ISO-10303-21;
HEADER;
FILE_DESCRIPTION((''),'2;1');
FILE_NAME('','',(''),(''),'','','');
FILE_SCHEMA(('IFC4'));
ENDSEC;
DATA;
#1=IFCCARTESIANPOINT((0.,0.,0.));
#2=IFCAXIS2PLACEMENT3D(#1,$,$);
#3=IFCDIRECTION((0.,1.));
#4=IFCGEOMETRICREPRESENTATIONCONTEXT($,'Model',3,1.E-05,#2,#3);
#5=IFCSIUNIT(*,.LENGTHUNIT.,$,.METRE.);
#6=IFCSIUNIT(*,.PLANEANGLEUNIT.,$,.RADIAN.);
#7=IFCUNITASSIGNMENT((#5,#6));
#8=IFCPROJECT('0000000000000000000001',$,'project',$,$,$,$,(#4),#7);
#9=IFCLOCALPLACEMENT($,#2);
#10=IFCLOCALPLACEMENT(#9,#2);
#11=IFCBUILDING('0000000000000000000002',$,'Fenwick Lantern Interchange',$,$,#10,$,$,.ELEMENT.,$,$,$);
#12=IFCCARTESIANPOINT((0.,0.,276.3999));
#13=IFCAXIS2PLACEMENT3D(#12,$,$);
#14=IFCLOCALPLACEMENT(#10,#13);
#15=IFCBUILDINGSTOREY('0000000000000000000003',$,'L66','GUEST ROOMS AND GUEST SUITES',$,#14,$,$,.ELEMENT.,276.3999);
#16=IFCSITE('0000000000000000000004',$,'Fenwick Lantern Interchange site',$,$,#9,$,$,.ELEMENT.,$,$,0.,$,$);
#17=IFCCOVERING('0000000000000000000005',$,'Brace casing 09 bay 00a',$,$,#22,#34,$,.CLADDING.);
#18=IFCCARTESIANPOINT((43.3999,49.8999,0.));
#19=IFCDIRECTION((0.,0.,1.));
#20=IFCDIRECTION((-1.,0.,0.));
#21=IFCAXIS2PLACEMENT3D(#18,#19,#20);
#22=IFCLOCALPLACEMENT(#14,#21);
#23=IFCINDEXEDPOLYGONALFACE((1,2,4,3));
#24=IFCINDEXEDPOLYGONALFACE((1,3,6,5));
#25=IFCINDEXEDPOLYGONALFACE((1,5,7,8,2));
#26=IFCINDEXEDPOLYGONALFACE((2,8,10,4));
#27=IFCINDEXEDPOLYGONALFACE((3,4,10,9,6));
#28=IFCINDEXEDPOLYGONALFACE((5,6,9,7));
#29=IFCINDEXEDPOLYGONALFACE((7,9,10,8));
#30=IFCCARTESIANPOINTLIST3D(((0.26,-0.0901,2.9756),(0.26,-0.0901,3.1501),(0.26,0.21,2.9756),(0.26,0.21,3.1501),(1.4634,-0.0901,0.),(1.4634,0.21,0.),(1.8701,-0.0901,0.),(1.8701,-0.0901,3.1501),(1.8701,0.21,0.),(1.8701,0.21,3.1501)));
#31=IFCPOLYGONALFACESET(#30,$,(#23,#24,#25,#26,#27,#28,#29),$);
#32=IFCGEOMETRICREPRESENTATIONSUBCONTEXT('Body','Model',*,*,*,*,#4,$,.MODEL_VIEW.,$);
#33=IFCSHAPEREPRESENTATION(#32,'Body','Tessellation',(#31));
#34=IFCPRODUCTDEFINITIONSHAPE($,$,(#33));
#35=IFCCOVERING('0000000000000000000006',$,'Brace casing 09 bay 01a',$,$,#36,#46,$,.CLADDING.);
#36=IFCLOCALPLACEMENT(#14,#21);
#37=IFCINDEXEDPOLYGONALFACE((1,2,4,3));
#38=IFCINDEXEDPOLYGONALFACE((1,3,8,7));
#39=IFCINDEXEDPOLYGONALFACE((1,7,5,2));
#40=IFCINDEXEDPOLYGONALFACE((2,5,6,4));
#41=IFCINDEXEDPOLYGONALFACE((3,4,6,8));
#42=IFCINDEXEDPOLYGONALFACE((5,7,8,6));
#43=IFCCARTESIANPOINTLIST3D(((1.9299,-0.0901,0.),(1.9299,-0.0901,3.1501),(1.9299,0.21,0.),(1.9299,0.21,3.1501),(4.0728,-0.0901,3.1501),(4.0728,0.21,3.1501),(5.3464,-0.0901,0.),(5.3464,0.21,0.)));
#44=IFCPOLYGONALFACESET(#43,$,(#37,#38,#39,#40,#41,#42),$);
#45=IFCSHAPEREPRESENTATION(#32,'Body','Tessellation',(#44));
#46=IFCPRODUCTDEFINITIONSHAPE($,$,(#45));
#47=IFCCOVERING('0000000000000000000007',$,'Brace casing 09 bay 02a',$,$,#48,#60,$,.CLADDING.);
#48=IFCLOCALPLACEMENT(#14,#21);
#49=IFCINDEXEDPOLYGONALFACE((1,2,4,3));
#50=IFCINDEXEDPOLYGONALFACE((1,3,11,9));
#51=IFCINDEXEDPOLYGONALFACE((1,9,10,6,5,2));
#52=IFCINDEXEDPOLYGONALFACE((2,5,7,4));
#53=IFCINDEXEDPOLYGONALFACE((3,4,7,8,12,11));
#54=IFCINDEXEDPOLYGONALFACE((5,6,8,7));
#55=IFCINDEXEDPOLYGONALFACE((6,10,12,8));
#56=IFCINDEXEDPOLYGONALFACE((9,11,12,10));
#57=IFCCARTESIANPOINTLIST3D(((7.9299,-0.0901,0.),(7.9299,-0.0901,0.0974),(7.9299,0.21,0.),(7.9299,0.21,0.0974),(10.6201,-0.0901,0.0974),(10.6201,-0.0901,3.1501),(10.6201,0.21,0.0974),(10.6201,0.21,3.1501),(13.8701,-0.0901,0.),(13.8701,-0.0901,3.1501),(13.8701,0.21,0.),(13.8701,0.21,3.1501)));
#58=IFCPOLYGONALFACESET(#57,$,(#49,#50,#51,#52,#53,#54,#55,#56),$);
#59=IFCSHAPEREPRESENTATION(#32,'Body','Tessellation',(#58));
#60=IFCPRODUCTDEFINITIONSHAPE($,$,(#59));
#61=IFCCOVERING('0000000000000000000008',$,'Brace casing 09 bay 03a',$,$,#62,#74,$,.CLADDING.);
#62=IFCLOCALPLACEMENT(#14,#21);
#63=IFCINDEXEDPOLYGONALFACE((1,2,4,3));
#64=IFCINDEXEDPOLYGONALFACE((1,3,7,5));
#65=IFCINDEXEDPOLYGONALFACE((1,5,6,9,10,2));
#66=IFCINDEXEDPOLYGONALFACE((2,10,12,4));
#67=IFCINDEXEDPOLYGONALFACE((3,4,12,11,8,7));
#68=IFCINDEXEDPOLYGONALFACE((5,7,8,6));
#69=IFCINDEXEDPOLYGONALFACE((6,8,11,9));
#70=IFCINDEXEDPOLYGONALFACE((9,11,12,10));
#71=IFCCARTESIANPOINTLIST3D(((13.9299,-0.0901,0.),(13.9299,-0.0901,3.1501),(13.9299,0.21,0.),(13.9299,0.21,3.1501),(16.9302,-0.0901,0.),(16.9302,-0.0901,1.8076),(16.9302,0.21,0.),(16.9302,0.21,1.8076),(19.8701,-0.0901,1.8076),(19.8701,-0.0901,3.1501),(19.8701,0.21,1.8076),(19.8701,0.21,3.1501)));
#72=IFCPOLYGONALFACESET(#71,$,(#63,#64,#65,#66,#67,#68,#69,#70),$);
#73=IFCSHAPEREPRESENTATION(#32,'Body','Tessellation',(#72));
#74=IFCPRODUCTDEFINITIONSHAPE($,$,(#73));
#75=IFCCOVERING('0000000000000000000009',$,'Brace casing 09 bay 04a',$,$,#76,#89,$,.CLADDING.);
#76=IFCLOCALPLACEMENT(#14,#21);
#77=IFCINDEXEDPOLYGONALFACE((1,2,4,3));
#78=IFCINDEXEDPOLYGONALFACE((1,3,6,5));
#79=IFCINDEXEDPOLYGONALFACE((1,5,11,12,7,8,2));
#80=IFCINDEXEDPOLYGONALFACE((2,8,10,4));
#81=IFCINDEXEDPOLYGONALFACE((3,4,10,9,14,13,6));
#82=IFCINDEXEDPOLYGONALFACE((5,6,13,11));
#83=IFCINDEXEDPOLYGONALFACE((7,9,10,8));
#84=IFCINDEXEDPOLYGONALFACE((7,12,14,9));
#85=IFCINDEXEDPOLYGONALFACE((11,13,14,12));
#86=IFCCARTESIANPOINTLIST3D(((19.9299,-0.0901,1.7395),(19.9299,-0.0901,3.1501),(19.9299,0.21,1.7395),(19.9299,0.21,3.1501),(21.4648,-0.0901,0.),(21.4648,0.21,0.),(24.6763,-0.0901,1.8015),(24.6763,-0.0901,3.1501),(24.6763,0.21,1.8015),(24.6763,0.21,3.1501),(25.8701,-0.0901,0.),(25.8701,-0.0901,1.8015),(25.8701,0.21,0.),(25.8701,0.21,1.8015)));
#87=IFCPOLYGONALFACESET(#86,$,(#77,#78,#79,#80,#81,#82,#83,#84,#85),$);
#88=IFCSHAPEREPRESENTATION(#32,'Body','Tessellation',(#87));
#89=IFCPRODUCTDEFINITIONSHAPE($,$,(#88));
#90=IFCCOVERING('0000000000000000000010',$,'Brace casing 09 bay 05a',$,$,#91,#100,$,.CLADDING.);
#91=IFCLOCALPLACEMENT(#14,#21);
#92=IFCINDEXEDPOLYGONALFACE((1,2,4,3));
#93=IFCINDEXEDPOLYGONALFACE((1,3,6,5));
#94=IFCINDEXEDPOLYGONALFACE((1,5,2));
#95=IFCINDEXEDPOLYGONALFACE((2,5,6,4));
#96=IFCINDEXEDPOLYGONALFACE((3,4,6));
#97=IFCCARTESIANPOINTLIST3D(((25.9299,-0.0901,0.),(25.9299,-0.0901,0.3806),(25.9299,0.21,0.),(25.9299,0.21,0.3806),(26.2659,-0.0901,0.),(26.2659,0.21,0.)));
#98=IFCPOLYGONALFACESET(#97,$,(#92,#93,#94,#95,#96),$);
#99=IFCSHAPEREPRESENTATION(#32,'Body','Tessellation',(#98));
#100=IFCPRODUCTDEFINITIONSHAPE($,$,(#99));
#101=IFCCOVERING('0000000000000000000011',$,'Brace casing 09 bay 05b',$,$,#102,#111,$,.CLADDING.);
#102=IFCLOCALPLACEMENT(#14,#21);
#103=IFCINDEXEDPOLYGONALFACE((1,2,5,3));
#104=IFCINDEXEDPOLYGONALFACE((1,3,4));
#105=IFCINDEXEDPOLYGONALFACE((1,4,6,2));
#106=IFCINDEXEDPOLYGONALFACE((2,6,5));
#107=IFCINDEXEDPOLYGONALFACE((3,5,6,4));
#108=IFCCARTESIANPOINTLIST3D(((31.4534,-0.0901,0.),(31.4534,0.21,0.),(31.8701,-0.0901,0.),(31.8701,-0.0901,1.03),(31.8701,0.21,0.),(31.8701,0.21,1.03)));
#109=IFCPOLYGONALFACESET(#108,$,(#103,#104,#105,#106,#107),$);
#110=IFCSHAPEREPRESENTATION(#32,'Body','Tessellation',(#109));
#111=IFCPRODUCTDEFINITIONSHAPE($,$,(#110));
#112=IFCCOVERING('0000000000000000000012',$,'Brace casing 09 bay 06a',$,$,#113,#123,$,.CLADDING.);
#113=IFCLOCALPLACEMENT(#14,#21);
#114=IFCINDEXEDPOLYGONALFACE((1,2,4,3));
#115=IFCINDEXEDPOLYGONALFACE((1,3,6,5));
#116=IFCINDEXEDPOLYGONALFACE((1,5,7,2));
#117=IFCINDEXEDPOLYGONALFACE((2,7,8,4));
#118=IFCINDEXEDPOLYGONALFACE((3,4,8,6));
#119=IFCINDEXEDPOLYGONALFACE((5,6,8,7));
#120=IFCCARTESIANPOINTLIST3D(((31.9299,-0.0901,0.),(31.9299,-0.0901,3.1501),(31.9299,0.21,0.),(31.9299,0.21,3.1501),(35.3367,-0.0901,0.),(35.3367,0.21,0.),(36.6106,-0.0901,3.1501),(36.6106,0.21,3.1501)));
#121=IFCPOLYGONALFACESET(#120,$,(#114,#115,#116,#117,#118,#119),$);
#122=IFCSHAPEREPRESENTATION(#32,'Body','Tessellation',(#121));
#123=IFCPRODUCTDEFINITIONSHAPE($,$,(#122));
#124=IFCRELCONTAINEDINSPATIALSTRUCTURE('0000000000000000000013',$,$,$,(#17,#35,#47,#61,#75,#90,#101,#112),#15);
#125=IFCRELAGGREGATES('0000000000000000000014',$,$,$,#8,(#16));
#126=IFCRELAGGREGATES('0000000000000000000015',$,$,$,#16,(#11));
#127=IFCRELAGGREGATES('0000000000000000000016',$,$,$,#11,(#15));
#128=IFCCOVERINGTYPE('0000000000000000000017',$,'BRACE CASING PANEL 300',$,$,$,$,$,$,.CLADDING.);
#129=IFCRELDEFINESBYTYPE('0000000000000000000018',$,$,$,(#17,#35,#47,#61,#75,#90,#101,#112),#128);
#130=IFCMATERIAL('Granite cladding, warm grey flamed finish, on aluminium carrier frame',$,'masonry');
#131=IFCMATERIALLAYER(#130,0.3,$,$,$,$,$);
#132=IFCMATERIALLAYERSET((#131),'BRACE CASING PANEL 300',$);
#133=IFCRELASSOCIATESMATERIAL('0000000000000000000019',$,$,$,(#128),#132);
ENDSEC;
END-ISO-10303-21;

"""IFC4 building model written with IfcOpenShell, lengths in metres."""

from ifc_helpers import new_model, si_unit, direction, frame, origin, place, context, subcontext, project, spatial, polyline, outline, extrude, material, layer, layer_set, type_object, element, save


model = new_model("IFC4")

# Units and contexts
model_context = context("Model", 3, precision=1e-05, world=origin(), true_north=direction((0.0, 1.0)))
body_context = subcontext(model_context, "Body", "Model", "MODEL_VIEW")
ifc_project = project(units=[si_unit("LENGTHUNIT", "METRE"), si_unit("PLANEANGLEUNIT", "RADIAN")], contexts=[model_context])

# Site, building, storey
site_placement = place(None, origin())
site = spatial("IfcSite", under=ifc_project, at=site_placement, Name="Fenwick Lantern Interchange site", CompositionType="ELEMENT", RefElevation=0.0)
building_placement = place(site_placement, origin())
building = spatial("IfcBuilding", under=site, at=building_placement, Name="Fenwick Lantern Interchange", CompositionType="ELEMENT")
storey_placement = place(building_placement, frame((0.0, 0.0, 276.3999)))
storey = spatial("IfcBuildingStorey", under=building, at=storey_placement, Name="L66", Description="GUEST ROOMS AND GUEST SUITES", CompositionType="ELEMENT", Elevation=276.3999)

# Coverings
ifc_material_1 = material(Name="Granite cladding, warm grey flamed finish, on aluminium carrier frame", Category="masonry")
ifc_layer_1 = layer(ifc_material_1, 0.3)
ifc_layer_set_1 = layer_set([ifc_layer_1], Name="BRACE CASING PANEL 300")
covering_type = type_object("IfcCoveringType", Name="BRACE CASING PANEL 300", PredefinedType="CLADDING", material=ifc_layer_set_1)
covering_1_placement = place(storey_placement, frame((43.3999, 49.8999, 0.0), z_axis=(0.0, 0.0, 1.0), x_axis=(-1.0, 0.0, 0.0)))
element("IfcCovering", 1, at=covering_1_placement, inside=storey, type_object=covering_type, Name="Brace casing 09 bay 00a", PredefinedType="CLADDING", context=body_context, shape_type="SweptSolid", body=[
    extrude(outline(polyline([(1.4634, 0.0), (1.8701, 0.0), (1.8701, 3.1501), (0.26, 3.1501), (0.26, 2.9756), (1.4634, 0.0)])), frame((0.0, 0.21, 0.0), z_axis=(0.0, -1.0, 0.0), x_axis=(1.0, 0.0, 0.0)), (0.0, 0.0, 1.0), 0.3),
])
covering_2_placement = place(storey_placement, frame((43.3999, 49.8999, 0.0), z_axis=(0.0, 0.0, 1.0), x_axis=(-1.0, 0.0, 0.0)))
element("IfcCovering", 2, at=covering_2_placement, inside=storey, type_object=covering_type, Name="Brace casing 09 bay 01a", PredefinedType="CLADDING", context=body_context, shape_type="SweptSolid", body=[
    extrude(outline(polyline([(1.9299, 0.0), (5.3464, 0.0), (4.0728, 3.1501), (1.9299, 3.1501), (1.9299, 0.0)])), frame((0.0, 0.21, 0.0), z_axis=(0.0, -1.0, 0.0), x_axis=(1.0, 0.0, 0.0)), (0.0, 0.0, 1.0), 0.3),
])
covering_3_placement = place(storey_placement, frame((43.3999, 49.8999, 0.0), z_axis=(0.0, 0.0, 1.0), x_axis=(-1.0, 0.0, 0.0)))
element("IfcCovering", 3, at=covering_3_placement, inside=storey, type_object=covering_type, Name="Brace casing 09 bay 02a", PredefinedType="CLADDING", context=body_context, shape_type="SweptSolid", body=[
    extrude(outline(polyline([(7.9299, 0.0), (13.8701, 0.0), (13.8701, 3.1501), (10.6201, 3.1501), (10.6201, 0.0974), (7.9299, 0.0974), (7.9299, 0.0)])), frame((0.0, 0.21, 0.0), z_axis=(0.0, -1.0, 0.0), x_axis=(1.0, 0.0, 0.0)), (0.0, 0.0, 1.0), 0.3),
])
covering_4_placement = place(storey_placement, frame((43.3999, 49.8999, 0.0), z_axis=(0.0, 0.0, 1.0), x_axis=(-1.0, 0.0, 0.0)))
element("IfcCovering", 4, at=covering_4_placement, inside=storey, type_object=covering_type, Name="Brace casing 09 bay 03a", PredefinedType="CLADDING", context=body_context, shape_type="SweptSolid", body=[
    extrude(outline(polyline([(13.9299, 0.0), (16.9302, 0.0), (16.9302, 1.8076), (19.8701, 1.8076), (19.8701, 3.1501), (13.9299, 3.1501), (13.9299, 0.0)])), frame((0.0, 0.21, 0.0), z_axis=(0.0, -1.0, 0.0), x_axis=(1.0, 0.0, 0.0)), (0.0, 0.0, 1.0), 0.3),
])
covering_5_placement = place(storey_placement, frame((43.3999, 49.8999, 0.0), z_axis=(0.0, 0.0, 1.0), x_axis=(-1.0, 0.0, 0.0)))
element("IfcCovering", 5, at=covering_5_placement, inside=storey, type_object=covering_type, Name="Brace casing 09 bay 04a", PredefinedType="CLADDING", context=body_context, shape_type="SweptSolid", body=[
    extrude(outline(polyline([(21.4648, 0.0), (25.8701, 0.0), (25.8701, 1.8015), (24.6763, 1.8015), (24.6763, 3.1501), (19.9299, 3.1501), (19.9299, 1.7395), (21.4648, 0.0)])), frame((0.0, 0.21, 0.0), z_axis=(0.0, -1.0, 0.0), x_axis=(1.0, 0.0, 0.0)), (0.0, 0.0, 1.0), 0.3),
])
covering_6_placement = place(storey_placement, frame((43.3999, 49.8999, 0.0), z_axis=(0.0, 0.0, 1.0), x_axis=(-1.0, 0.0, 0.0)))
element("IfcCovering", 6, at=covering_6_placement, inside=storey, type_object=covering_type, Name="Brace casing 09 bay 05a", PredefinedType="CLADDING", context=body_context, shape_type="SweptSolid", body=[
    extrude(outline(polyline([(25.9299, 0.0), (26.2659, 0.0), (25.9299, 0.3806), (25.9299, 0.0)])), frame((0.0, 0.21, 0.0), z_axis=(0.0, -1.0, 0.0), x_axis=(1.0, 0.0, 0.0)), (0.0, 0.0, 1.0), 0.3),
])
covering_7_placement = place(storey_placement, frame((43.3999, 49.8999, 0.0), z_axis=(0.0, 0.0, 1.0), x_axis=(-1.0, 0.0, 0.0)))
element("IfcCovering", 7, at=covering_7_placement, inside=storey, type_object=covering_type, Name="Brace casing 09 bay 05b", PredefinedType="CLADDING", context=body_context, shape_type="SweptSolid", body=[
    extrude(outline(polyline([(31.4534, 0.0), (31.8701, 0.0), (31.8701, 1.03), (31.4534, 0.0)])), frame((0.0, 0.21, 0.0), z_axis=(0.0, -1.0, 0.0), x_axis=(1.0, 0.0, 0.0)), (0.0, 0.0, 1.0), 0.3),
])
covering_8_placement = place(storey_placement, frame((43.3999, 49.8999, 0.0), z_axis=(0.0, 0.0, 1.0), x_axis=(-1.0, 0.0, 0.0)))
element("IfcCovering", 8, at=covering_8_placement, inside=storey, type_object=covering_type, Name="Brace casing 09 bay 06a", PredefinedType="CLADDING", context=body_context, shape_type="SweptSolid", body=[
    extrude(outline(polyline([(31.9299, 0.0), (35.3367, 0.0), (36.6106, 3.1501), (31.9299, 3.1501), (31.9299, 0.0)])), frame((0.0, 0.21, 0.0), z_axis=(0.0, -1.0, 0.0), x_axis=(1.0, 0.0, 0.0)), (0.0, 0.0, 1.0), 0.3),
])

save(model, "model.ifc")
